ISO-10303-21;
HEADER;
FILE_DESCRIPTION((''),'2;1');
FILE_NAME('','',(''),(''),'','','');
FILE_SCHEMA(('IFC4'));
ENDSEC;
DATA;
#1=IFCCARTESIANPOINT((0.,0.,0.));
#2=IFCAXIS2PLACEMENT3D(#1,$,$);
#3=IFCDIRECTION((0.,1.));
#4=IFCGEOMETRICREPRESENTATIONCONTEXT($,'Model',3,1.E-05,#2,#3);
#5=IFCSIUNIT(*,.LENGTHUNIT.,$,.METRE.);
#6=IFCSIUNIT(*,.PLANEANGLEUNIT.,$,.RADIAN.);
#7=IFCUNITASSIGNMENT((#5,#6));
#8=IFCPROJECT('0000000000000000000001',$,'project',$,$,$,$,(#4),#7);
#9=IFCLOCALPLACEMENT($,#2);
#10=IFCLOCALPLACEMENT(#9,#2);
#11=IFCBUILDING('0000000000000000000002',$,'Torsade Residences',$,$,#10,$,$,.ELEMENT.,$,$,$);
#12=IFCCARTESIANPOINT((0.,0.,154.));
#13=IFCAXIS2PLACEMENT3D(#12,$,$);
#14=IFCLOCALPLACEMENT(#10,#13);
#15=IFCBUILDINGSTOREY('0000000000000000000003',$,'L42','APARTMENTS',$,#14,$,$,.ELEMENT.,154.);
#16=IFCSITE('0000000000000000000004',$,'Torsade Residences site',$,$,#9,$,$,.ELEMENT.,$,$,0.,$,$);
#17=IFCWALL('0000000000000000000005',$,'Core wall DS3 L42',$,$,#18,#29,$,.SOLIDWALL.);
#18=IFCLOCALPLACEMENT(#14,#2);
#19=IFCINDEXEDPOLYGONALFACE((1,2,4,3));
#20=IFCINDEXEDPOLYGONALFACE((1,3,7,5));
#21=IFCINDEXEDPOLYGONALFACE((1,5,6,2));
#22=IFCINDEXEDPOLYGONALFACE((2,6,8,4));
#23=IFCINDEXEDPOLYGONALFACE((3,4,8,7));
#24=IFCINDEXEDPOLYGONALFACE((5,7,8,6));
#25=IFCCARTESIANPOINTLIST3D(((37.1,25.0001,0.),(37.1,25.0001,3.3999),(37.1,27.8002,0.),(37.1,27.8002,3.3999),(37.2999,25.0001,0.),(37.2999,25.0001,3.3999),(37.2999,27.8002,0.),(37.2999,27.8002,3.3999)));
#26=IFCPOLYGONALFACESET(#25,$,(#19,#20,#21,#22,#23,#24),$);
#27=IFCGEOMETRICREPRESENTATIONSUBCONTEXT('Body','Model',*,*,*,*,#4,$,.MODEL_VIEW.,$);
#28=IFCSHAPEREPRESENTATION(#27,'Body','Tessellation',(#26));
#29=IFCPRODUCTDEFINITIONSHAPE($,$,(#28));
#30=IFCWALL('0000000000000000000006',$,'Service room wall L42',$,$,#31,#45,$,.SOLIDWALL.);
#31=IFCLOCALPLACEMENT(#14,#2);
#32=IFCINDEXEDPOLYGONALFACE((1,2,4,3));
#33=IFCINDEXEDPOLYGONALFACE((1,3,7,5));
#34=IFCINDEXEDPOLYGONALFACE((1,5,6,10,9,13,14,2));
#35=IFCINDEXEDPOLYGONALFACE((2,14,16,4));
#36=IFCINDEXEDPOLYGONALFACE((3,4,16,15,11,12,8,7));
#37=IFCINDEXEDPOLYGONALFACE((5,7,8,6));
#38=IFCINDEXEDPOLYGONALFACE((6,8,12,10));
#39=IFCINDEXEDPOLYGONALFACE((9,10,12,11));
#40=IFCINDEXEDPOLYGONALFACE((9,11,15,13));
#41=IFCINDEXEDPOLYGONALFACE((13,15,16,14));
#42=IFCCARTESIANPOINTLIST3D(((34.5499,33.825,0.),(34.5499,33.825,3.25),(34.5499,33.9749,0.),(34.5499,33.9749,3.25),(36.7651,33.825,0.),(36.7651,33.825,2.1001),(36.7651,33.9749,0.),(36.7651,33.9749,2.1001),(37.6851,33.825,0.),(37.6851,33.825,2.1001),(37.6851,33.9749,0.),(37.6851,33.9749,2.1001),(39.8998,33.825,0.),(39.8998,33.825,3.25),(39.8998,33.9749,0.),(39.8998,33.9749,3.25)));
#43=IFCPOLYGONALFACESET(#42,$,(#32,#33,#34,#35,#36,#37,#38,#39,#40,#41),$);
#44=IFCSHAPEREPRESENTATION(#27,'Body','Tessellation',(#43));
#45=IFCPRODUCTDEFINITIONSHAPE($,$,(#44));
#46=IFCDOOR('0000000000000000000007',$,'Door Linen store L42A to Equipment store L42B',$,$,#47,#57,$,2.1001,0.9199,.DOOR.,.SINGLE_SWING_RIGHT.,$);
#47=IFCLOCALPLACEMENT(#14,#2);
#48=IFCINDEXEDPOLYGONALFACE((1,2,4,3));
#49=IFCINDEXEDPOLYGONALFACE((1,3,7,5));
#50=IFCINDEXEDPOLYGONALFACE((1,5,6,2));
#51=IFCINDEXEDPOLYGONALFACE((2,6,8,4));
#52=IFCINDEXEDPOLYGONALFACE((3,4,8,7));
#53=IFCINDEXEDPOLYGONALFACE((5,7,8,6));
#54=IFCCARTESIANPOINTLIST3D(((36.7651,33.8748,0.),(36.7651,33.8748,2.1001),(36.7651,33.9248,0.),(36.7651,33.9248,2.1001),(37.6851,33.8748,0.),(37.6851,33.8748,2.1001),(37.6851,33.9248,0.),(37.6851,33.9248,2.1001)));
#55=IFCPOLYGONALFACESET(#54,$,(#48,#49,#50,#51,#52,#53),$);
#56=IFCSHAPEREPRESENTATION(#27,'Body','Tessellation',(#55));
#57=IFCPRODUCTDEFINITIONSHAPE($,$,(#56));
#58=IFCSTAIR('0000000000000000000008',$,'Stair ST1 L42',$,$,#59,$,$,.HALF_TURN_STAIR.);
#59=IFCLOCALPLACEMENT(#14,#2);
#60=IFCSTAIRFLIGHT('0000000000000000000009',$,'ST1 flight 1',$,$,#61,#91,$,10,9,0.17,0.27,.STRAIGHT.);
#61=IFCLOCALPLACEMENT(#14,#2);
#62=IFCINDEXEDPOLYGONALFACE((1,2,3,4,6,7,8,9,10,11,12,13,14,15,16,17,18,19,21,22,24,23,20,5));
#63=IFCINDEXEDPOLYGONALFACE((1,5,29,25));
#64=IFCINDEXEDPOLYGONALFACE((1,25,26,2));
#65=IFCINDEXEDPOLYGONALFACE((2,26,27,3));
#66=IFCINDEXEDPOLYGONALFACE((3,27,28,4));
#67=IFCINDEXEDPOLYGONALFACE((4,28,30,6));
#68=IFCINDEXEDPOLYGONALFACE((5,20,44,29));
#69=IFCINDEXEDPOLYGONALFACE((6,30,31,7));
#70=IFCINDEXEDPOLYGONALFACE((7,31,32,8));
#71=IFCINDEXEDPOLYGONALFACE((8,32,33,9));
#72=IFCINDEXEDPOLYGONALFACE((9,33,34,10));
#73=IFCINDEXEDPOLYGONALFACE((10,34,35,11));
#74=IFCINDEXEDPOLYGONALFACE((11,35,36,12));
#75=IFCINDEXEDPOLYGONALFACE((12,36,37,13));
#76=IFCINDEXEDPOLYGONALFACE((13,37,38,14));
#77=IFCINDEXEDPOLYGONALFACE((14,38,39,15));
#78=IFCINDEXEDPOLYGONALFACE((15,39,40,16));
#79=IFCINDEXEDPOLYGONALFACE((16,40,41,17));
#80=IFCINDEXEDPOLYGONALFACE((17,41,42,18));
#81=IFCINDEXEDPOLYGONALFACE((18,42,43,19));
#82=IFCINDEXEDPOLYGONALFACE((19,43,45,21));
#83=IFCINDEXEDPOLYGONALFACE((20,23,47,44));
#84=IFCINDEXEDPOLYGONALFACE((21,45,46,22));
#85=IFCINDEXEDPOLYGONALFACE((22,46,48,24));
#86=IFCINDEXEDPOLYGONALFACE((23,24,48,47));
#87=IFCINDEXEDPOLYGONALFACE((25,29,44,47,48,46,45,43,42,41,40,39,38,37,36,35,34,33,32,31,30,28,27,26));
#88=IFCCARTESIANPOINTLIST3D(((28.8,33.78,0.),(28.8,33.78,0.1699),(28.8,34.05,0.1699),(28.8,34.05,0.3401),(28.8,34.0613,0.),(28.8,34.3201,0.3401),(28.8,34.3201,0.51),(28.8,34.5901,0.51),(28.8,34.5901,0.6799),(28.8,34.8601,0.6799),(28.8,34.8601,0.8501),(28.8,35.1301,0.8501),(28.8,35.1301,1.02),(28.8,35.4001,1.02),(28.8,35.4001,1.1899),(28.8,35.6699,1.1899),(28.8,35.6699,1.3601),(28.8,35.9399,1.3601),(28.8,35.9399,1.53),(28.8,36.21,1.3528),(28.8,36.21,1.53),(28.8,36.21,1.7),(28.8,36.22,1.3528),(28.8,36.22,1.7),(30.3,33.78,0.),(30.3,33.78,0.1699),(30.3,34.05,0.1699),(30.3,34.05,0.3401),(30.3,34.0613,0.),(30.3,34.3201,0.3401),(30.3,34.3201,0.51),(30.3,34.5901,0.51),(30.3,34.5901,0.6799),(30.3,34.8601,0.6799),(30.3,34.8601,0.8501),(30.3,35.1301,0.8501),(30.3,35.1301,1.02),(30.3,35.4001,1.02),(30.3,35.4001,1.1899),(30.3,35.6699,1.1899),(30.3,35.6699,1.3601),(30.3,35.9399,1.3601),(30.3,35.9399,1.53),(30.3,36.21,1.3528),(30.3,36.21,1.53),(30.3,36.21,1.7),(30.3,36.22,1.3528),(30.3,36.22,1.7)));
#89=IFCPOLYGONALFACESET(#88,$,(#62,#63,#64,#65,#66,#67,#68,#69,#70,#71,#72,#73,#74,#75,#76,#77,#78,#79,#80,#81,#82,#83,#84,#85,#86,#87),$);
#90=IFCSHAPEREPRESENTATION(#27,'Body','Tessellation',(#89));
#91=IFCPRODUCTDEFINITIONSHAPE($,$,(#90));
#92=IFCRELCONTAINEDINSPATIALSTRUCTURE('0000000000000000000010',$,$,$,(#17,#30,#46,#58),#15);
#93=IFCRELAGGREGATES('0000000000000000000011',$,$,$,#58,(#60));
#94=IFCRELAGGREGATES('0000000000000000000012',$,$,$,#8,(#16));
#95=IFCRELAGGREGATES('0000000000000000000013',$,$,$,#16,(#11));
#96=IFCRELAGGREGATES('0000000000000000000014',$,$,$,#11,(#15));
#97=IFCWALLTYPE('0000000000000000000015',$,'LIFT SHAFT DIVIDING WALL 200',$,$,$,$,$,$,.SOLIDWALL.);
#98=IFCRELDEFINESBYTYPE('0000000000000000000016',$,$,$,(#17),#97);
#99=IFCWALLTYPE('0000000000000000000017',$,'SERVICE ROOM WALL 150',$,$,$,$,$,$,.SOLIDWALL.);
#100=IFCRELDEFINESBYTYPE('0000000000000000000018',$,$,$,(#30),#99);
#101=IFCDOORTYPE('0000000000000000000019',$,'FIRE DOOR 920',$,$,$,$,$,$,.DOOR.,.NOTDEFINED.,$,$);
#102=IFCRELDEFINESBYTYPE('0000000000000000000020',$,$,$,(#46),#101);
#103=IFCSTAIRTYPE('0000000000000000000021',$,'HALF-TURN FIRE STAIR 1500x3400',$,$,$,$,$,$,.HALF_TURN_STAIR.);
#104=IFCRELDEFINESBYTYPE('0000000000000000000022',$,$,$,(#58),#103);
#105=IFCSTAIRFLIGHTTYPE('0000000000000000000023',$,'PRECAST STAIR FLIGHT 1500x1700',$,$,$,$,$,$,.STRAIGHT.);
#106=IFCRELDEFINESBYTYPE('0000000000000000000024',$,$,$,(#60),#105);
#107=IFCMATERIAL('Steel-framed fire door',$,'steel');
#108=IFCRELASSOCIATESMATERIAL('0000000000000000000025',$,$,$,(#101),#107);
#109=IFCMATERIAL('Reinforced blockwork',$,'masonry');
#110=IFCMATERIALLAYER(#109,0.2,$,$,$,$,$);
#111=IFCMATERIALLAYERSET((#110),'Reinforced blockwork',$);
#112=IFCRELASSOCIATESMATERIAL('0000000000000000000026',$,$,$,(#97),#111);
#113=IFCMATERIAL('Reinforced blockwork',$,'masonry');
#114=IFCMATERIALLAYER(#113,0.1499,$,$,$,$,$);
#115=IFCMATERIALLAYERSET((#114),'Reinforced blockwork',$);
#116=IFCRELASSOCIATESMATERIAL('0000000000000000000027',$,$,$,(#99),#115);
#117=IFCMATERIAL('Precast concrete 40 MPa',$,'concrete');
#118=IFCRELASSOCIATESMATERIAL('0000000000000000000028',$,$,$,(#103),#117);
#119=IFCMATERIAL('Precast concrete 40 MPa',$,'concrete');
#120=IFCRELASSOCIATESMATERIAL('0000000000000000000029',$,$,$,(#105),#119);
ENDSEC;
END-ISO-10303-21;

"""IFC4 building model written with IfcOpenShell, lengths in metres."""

from ifc_helpers import new_model, si_unit, direction, frame, frame_2d, origin, place, context, subcontext, project, spatial, polyline, rectangle, outline, extrude, material, layer, layer_set, type_object, element, fill, aggregate, save


model = new_model("IFC4")

# Units and contexts
model_context = context("Model", 3, precision=1e-05, world=origin(), true_north=direction((0.0, 1.0)))
body_context = subcontext(model_context, "Body", "Model", "MODEL_VIEW")
ifc_project = project(units=[si_unit("LENGTHUNIT", "METRE"), si_unit("PLANEANGLEUNIT", "RADIAN")], contexts=[model_context])

# Site, building, storey
site_placement = place(None, origin())
site = spatial("IfcSite", under=ifc_project, at=site_placement, Name="Torsade Residences site", CompositionType="ELEMENT", RefElevation=0.0)
building_placement = place(site_placement, origin())
building = spatial("IfcBuilding", under=site, at=building_placement, Name="Torsade Residences", CompositionType="ELEMENT")
storey_placement = place(building_placement, frame((0.0, 0.0, 154.0)))
storey = spatial("IfcBuildingStorey", under=building, at=storey_placement, Name="L42", Description="APARTMENTS", CompositionType="ELEMENT", Elevation=154.0)

# Shared definitions
ifc_material_1 = material(Name="Steel-framed fire door", Category="steel")
door_type_1 = type_object("IfcDoorType", Name="FIRE DOOR 920", OperationType="NOTDEFINED", PredefinedType="DOOR", material=ifc_material_1)

# Wall
ifc_material_2 = material(Name="Reinforced blockwork", Category="masonry")
ifc_layer_1 = layer(ifc_material_2, 0.2)
ifc_layer_set_1 = layer_set([ifc_layer_1], Name="Reinforced blockwork")
wall_type_1 = type_object("IfcWallType", Name="LIFT SHAFT DIVIDING WALL 200", PredefinedType="SOLIDWALL", material=ifc_layer_set_1)
wall_1_placement = place(storey_placement, frame((37.2, 27.8, 0.0), z_axis=(0.0, 0.0, 1.0), x_axis=(0.0, -1.0, 0.0)))
element("IfcWall", 1, at=wall_1_placement, inside=storey, type_object=wall_type_1, Name="Core wall DS3 L42", PredefinedType="SOLIDWALL", context=body_context, shape_type="SweptSolid", body=[
    extrude(rectangle(XDim=2.8, YDim=0.2, at=frame_2d((1.3999, 0.0))), origin(), (0.0, 0.0, 1.0), 3.3999),
])

# Wall, opening, door
ifc_material_3 = material(Name="Reinforced blockwork", Category="masonry")
ifc_layer_2 = layer(ifc_material_3, 0.1499)
ifc_layer_set_2 = layer_set([ifc_layer_2], Name="Reinforced blockwork")
wall_type_2 = type_object("IfcWallType", Name="SERVICE ROOM WALL 150", PredefinedType="SOLIDWALL", material=ifc_layer_set_2)
wall_2_placement = place(storey_placement, frame((34.55, 33.8999, 0.0), z_axis=(0.0, 0.0, 1.0), x_axis=(1.0, 0.0, 0.0)))
wall_2 = element("IfcWall", 2, at=wall_2_placement, inside=storey, type_object=wall_type_2, Name="Service room wall L42", PredefinedType="SOLIDWALL", context=body_context, shape_type="SweptSolid", body=[
    extrude(rectangle(XDim=5.3499, YDim=0.1499, at=frame_2d((2.6748, 0.0))), origin(), (0.0, 0.0, 1.0), 3.25),
])
opening_1_placement = place(wall_2_placement, frame((2.2151, 0.0, 0.0)))
opening_1 = element("IfcOpeningElement", 3, at=opening_1_placement, cuts=wall_2, PredefinedType="OPENING", context=body_context, shape_type="SweptSolid", body=[
    extrude(rectangle(XDim=0.9199, YDim=2.1001, at=frame_2d((0.46, 1.05))), frame((0.0, 0.085, 0.0), z_axis=(0.0, -1.0, 0.0), x_axis=(1.0, 0.0, 0.0)), (0.0, 0.0, 1.0), 0.1699),
])
door_1_placement = place(opening_1_placement, origin())
door_1 = element("IfcDoor", 4, at=door_1_placement, inside=storey, type_object=door_type_1, Name="Door Linen store L42A to Equipment store L42B", OperationType="SINGLE_SWING_RIGHT", OverallHeight=2.1001, OverallWidth=0.9199, PredefinedType="DOOR", context=body_context, shape_type="SweptSolid", body=[
    extrude(rectangle(XDim=0.9199, YDim=2.1001, at=frame_2d((0.46, 1.05))), frame((0.0, 0.0249, 0.0), z_axis=(0.0, -1.0, 0.0), x_axis=(1.0, 0.0, 0.0)), (0.0, 0.0, 1.0), 0.05),
])
fill(opening_1, door_1)

# Stair, stair flight
ifc_material_4 = material(Name="Precast concrete 40 MPa", Category="concrete")
stair_type = type_object("IfcStairType", Name="HALF-TURN FIRE STAIR 1500x3400", PredefinedType="HALF_TURN_STAIR", material=ifc_material_4)
stair_placement = place(storey_placement, origin())
stair = element("IfcStair", 5, at=stair_placement, inside=storey, type_object=stair_type, Name="Stair ST1 L42", PredefinedType="HALF_TURN_STAIR")
ifc_material_5 = material(Name="Precast concrete 40 MPa", Category="concrete")
stair_flight_type = type_object("IfcStairFlightType", Name="PRECAST STAIR FLIGHT 1500x1700", PredefinedType="STRAIGHT", material=ifc_material_5)
stair_flight_placement = place(storey_placement, frame((29.55, 33.78, 0.0), z_axis=(0.0, 0.0, 1.0), x_axis=(0.0, 1.0, 0.0)))
stair_flight = element("IfcStairFlight", 6, at=stair_flight_placement, type_object=stair_flight_type, Name="ST1 flight 1", NumberOfRisers=10, NumberOfTreads=9, PredefinedType="STRAIGHT", RiserHeight=0.17, TreadLength=0.27, context=body_context, shape_type="SweptSolid", body=[
    extrude(outline(polyline([(0.0, 0.0), (0.0, 0.1699), (0.27, 0.1699), (0.27, 0.3401), (0.54, 0.3401), (0.54, 0.51), (0.8101, 0.51), (0.8101, 0.6799), (1.0801, 0.6799), (1.0801, 0.8501), (1.3501, 0.8501), (1.3501, 1.02), (1.6201, 1.02), (1.6201, 1.1899), (1.8899, 1.1899), (1.8899, 1.3601), (2.1599, 1.3601), (2.1599, 1.53), (2.4299, 1.53), (2.4299, 1.7), (2.4399, 1.7), (2.4399, 1.3528), (2.4299, 1.3528), (0.2812, 0.0), (0.0, 0.0)])), frame((0.0, 0.75, 0.0), z_axis=(0.0, -1.0, 0.0), x_axis=(1.0, 0.0, 0.0)), (0.0, 0.0, 1.0), 1.5),
])
aggregate(stair, [stair_flight])

save(model, "model.ifc")
